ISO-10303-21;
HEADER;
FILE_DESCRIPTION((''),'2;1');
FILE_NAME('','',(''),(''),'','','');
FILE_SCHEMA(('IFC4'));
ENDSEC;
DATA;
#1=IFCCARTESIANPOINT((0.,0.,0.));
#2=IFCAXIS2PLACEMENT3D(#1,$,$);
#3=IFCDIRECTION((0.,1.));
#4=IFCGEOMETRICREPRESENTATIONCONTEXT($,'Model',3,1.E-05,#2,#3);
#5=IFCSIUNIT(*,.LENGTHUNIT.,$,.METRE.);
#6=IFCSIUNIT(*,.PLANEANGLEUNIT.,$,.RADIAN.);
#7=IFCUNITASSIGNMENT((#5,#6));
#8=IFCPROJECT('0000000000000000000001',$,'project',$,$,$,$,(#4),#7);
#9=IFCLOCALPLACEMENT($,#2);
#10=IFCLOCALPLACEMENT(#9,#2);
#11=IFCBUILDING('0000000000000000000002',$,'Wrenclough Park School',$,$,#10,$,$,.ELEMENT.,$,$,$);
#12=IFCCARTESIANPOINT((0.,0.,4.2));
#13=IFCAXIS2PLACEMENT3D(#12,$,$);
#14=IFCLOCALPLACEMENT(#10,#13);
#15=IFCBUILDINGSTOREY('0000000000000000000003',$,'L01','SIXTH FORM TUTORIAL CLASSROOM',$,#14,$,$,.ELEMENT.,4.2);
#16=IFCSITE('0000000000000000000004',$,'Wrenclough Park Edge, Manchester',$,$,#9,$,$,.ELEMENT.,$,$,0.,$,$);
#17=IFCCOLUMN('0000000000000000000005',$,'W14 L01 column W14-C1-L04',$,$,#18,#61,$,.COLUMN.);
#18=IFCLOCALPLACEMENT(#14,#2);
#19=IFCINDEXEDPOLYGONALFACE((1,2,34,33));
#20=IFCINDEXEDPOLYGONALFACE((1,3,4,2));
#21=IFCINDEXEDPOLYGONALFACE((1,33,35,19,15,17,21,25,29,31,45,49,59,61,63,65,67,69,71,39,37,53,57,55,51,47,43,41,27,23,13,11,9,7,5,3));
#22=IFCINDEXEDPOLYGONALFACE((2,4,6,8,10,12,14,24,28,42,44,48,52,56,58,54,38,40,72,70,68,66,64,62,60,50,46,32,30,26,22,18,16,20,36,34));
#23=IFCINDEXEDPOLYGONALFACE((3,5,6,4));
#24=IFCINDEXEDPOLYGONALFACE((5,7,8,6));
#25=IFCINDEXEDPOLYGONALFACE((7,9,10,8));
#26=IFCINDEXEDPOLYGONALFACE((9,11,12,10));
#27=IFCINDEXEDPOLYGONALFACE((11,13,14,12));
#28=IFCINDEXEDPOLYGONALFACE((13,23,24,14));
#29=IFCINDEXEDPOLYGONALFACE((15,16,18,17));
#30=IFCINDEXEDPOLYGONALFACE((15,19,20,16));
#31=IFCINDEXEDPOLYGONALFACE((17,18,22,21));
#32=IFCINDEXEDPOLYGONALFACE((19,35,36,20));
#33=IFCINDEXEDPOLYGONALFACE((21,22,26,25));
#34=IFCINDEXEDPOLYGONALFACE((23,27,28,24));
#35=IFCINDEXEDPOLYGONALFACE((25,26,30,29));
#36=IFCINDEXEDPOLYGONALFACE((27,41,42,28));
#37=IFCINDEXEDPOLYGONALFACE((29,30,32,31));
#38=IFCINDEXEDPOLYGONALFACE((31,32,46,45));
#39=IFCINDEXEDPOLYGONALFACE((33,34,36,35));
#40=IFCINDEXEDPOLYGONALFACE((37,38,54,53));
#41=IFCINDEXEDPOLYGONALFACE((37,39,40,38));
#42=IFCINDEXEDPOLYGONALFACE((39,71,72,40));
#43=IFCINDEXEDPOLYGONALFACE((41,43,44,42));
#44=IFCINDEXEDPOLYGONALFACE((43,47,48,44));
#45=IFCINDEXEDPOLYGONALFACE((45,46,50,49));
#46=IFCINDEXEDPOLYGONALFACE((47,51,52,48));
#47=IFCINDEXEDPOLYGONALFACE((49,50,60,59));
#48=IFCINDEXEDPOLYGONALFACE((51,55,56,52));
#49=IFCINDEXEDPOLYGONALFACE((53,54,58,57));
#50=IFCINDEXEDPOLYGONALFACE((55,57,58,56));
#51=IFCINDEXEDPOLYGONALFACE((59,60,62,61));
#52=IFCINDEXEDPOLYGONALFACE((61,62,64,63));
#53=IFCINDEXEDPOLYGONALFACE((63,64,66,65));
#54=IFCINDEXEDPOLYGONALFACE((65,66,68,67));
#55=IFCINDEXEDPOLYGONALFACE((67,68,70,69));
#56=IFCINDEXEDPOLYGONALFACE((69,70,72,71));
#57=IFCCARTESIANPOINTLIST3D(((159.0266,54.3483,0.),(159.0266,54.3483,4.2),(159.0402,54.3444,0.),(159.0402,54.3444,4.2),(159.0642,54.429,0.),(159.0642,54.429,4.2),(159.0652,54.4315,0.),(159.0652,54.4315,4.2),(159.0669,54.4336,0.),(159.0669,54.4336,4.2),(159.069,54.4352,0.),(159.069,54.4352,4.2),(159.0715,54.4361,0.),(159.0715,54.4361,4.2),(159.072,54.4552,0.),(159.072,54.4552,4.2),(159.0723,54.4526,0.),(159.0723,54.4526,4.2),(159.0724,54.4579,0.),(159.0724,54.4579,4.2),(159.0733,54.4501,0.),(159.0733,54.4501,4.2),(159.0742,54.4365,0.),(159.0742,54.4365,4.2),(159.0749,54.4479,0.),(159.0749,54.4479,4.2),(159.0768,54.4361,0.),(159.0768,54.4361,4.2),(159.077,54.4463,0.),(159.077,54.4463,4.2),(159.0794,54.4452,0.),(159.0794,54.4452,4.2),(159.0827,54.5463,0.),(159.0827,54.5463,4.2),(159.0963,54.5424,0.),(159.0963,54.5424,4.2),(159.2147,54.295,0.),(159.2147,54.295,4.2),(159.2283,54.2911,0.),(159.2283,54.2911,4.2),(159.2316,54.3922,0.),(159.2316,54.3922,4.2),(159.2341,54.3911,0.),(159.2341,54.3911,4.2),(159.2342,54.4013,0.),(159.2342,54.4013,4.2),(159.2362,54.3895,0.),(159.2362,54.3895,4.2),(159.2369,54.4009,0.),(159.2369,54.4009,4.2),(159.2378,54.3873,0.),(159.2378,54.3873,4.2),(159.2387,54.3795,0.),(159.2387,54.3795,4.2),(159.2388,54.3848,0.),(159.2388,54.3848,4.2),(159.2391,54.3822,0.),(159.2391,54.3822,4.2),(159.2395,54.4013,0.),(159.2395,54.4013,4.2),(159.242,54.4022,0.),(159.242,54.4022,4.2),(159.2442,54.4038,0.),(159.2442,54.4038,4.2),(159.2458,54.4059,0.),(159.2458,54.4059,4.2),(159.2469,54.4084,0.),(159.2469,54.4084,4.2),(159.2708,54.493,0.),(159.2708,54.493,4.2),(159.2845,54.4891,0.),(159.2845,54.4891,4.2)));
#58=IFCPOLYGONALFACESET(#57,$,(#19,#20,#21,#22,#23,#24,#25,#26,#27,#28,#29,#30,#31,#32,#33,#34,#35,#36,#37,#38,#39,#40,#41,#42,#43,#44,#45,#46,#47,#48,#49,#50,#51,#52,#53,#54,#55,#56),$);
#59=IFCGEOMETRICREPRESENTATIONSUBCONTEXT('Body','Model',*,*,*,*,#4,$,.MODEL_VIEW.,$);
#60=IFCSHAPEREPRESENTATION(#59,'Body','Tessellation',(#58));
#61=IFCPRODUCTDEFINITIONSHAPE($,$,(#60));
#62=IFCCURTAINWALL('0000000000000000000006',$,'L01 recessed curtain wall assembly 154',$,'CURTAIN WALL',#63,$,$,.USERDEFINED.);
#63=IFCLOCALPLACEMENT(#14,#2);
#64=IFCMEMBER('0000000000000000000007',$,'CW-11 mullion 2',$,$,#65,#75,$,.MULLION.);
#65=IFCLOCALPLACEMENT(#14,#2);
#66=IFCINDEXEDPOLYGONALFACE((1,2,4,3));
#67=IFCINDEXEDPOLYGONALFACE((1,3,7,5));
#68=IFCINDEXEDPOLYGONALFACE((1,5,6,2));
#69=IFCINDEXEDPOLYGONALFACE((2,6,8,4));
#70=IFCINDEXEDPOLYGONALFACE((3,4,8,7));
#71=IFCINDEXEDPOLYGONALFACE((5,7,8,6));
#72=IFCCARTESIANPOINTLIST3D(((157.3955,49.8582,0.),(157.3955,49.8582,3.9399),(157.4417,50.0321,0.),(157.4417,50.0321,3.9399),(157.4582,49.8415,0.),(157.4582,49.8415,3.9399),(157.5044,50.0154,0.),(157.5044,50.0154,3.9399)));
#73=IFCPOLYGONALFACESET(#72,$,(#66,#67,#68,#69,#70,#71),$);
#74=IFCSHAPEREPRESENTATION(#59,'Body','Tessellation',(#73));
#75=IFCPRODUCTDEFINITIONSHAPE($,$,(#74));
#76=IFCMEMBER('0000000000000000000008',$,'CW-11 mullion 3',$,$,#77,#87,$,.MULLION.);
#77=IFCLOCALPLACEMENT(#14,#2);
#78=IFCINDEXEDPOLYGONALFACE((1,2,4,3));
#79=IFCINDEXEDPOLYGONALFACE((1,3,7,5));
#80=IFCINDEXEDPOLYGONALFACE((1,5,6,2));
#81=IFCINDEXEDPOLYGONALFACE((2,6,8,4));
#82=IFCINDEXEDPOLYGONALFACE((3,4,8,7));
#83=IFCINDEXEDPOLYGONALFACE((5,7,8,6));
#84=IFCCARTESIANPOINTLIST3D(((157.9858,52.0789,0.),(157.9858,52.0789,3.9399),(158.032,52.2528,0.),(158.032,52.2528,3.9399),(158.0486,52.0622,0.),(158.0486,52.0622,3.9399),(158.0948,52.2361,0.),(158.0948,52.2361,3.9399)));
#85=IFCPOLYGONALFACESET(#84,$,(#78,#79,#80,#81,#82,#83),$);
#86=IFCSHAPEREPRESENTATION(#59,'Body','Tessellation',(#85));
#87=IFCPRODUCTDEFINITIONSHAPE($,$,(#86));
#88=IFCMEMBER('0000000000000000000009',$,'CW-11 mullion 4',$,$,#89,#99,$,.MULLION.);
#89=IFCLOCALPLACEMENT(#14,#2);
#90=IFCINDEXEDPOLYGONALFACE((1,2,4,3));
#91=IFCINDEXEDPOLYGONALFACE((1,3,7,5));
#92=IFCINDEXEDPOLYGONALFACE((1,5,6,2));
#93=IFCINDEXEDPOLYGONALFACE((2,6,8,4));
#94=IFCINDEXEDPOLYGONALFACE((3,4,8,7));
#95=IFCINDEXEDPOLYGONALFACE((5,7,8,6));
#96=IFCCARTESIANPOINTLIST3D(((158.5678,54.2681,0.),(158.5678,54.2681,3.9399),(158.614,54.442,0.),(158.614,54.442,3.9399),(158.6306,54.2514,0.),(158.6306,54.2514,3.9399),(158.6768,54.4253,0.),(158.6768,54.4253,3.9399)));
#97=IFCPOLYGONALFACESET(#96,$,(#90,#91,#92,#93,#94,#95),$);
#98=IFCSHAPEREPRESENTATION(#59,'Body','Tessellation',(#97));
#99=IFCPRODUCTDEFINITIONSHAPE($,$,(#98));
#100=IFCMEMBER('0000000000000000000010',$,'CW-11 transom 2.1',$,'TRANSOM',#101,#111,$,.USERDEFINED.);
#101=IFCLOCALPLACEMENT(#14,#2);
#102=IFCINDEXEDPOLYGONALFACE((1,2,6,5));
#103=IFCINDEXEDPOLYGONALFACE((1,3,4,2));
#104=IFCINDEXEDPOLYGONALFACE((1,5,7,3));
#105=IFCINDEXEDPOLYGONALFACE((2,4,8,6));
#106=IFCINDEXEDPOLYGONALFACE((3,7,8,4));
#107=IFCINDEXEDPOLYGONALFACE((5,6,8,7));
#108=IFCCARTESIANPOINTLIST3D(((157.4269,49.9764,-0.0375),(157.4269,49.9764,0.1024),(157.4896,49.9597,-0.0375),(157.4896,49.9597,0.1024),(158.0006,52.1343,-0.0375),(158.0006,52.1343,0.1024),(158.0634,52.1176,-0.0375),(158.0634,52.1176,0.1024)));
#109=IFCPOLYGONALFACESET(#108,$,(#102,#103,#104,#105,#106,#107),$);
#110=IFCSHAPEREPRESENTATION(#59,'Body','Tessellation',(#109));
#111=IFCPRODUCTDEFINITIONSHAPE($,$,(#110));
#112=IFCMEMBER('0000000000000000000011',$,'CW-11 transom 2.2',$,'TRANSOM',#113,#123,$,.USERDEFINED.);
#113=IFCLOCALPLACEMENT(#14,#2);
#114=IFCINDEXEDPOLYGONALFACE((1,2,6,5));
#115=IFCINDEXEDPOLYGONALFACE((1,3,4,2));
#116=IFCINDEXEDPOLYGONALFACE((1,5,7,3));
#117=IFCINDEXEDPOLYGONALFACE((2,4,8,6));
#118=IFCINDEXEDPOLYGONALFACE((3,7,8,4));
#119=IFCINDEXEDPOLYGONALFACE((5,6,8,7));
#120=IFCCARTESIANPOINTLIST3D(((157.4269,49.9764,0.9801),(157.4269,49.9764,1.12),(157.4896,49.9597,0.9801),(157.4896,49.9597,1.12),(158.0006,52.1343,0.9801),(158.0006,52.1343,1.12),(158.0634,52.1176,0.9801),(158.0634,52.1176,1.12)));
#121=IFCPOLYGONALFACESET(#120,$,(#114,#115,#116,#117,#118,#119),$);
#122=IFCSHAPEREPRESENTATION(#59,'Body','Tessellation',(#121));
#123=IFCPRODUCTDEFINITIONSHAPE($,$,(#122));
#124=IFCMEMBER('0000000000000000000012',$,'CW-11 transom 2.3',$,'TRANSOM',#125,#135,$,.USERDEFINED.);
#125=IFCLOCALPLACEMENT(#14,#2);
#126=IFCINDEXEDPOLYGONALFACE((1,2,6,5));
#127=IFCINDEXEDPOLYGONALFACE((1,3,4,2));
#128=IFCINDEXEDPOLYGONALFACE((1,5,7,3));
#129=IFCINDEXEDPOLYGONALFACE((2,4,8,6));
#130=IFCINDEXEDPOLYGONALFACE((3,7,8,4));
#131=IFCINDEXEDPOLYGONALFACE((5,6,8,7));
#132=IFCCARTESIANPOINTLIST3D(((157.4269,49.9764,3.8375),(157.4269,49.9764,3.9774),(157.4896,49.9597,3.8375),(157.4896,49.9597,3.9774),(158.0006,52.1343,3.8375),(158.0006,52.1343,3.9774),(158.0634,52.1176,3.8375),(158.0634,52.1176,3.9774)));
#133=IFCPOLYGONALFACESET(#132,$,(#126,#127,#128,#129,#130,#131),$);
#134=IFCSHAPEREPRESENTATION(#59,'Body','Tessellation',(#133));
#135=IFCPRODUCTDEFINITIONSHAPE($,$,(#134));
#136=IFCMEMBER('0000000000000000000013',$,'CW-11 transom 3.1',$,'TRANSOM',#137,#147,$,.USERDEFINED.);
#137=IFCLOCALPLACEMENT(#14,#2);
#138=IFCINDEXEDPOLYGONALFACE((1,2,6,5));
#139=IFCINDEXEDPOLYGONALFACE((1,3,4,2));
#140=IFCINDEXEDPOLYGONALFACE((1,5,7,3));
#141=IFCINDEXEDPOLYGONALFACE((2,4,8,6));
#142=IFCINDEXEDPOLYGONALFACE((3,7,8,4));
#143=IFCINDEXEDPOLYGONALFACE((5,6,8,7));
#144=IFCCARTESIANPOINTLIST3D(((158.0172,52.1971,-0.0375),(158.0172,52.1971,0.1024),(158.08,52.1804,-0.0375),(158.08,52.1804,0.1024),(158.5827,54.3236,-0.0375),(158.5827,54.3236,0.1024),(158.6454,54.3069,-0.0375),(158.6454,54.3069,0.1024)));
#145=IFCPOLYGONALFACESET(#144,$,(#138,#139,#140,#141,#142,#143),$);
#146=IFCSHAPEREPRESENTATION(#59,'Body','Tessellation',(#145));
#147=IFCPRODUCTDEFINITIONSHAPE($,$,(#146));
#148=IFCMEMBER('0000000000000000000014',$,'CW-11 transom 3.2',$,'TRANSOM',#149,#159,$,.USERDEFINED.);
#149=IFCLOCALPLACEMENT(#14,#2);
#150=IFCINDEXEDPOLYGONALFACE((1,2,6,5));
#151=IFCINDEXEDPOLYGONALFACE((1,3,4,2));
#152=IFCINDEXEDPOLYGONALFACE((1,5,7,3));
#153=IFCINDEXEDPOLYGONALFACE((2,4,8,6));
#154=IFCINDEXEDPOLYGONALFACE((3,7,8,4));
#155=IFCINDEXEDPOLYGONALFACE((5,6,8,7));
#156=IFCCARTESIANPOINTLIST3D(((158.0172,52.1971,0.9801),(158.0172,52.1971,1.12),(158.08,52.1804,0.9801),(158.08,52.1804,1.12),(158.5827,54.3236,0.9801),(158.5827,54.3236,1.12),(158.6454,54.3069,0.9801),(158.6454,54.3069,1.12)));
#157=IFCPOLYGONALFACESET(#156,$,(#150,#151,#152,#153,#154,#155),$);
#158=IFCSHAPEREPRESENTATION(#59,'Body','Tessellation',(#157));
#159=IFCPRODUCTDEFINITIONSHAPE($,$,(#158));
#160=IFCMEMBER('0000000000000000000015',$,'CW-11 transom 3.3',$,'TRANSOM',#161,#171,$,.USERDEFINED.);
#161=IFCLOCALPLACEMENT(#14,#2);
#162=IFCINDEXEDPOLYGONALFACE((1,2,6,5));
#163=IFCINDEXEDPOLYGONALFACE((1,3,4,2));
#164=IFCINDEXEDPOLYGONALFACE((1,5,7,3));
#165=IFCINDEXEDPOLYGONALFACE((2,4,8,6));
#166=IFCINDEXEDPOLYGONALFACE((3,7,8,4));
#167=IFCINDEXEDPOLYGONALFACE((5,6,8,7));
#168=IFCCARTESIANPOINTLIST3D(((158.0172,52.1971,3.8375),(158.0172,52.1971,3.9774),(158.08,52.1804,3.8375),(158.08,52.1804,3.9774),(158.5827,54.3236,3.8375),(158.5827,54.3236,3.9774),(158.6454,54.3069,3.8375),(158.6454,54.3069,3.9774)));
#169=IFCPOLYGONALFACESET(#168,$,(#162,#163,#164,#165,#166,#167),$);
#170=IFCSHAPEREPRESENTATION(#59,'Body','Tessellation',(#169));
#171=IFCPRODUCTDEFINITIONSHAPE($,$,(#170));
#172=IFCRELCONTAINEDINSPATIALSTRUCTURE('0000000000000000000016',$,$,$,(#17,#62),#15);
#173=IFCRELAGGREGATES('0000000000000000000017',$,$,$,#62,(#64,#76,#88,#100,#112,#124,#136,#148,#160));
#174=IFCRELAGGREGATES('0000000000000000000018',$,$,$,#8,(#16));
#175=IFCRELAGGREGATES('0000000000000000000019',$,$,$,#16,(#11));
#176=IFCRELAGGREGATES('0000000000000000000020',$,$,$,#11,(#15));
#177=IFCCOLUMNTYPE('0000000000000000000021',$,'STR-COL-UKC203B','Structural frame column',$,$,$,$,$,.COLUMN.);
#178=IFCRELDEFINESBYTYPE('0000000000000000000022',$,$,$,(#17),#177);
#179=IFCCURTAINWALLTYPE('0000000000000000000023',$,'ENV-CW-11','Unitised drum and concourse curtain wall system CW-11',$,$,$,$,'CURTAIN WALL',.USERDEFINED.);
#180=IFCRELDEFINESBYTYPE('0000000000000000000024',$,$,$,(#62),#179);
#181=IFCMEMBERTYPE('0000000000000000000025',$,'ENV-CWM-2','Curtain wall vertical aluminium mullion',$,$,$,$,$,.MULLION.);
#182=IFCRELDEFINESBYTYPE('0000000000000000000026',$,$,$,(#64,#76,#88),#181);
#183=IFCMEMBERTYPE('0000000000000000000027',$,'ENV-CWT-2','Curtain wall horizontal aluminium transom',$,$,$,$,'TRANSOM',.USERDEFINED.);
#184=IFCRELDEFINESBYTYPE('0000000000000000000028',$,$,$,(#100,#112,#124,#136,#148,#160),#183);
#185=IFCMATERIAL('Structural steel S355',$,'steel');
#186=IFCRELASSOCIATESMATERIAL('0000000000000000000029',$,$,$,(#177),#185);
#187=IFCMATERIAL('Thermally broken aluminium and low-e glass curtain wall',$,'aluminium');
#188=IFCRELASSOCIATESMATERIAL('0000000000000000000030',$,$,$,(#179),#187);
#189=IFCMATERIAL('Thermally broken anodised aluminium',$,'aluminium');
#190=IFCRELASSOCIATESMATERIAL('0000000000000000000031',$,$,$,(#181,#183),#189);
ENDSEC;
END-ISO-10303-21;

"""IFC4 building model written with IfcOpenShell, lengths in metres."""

from ifc_helpers import new_model, si_unit, direction, frame, origin, origin_2d, place, context, subcontext, project, spatial, rectangle, i_section, extrude, material, material_profile, profile_set, type_object, element, aggregate, save


model = new_model("IFC4")

# Units and contexts
model_context = context("Model", 3, precision=1e-05, world=origin(), true_north=direction((0.0, 1.0)))
body_context = subcontext(model_context, "Body", "Model", "MODEL_VIEW")
ifc_project = project(units=[si_unit("LENGTHUNIT", "METRE"), si_unit("PLANEANGLEUNIT", "RADIAN")], contexts=[model_context])

# Site, building, storey
site_placement = place(None, origin())
site = spatial("IfcSite", under=ifc_project, at=site_placement, Name="Wrenclough Park Edge, Manchester", CompositionType="ELEMENT", RefElevation=0.0)
building_placement = place(site_placement, origin())
building = spatial("IfcBuilding", under=site, at=building_placement, Name="Wrenclough Park School", CompositionType="ELEMENT")
storey_placement = place(building_placement, frame((0.0, 0.0, 4.2)))
storey = spatial("IfcBuildingStorey", under=building, at=storey_placement, Name="L01", Description="SIXTH FORM TUTORIAL CLASSROOM", CompositionType="ELEMENT", Elevation=4.2)

# Column
ifc_material_1 = material(Name="Structural steel S355", Category="steel")
ifc_material_profile_1 = material_profile(ifc_material_1, i_section(OverallWidth=0.2058, OverallDepth=0.2097, WebThickness=0.0095, FlangeThickness=0.0142, FilletRadius=0.0103, at=origin_2d()), Name="UKC 203x203x60")
ifc_profile_set_1 = profile_set([ifc_material_profile_1], Name="Structural steel S355")
column_type = type_object("IfcColumnType", Name="STR-COL-UKC203B", Description="Structural frame column", PredefinedType="COLUMN", material=ifc_profile_set_1)
column_placement = place(storey_placement, frame((159.1555, 54.4187, 0.0), z_axis=(0.0, 0.0, 1.0), x_axis=(0.272784, 0.962075, 0.0)))
element("IfcColumn", 1, at=column_placement, inside=storey, type_object=column_type, Name="W14 L01 column W14-C1-L04", PredefinedType="COLUMN", context=body_context, shape_type="SweptSolid", body=[
    extrude(i_section(OverallWidth=0.2058, OverallDepth=0.2097, WebThickness=0.0095, FlangeThickness=0.0142, FilletRadius=0.0103, at=origin_2d()), origin(), (0.0, 0.0, 1.0), 4.2),
])

# Curtain wall, members
ifc_material_2 = material(Name="Thermally broken aluminium and low-e glass curtain wall", Category="aluminium")
curtain_wall_type = type_object("IfcCurtainWallType", Name="ENV-CW-11", Description="Unitised drum and concourse curtain wall system CW-11", ElementType="CURTAIN WALL", PredefinedType="USERDEFINED", material=ifc_material_2)
curtain_wall_placement = place(storey_placement, origin())
curtain_wall = element("IfcCurtainWall", 2, at=curtain_wall_placement, inside=storey, type_object=curtain_wall_type, Name="L01 recessed curtain wall assembly 154", ObjectType="CURTAIN WALL", PredefinedType="USERDEFINED")
ifc_material_3 = material(Name="Thermally broken anodised aluminium", Category="aluminium")
ifc_material_profile_2 = material_profile(ifc_material_3, rectangle(XDim=0.0649, YDim=0.1799, at=origin_2d()), Name="AL MULLION 65x180")
ifc_profile_set_2 = profile_set([ifc_material_profile_2], Name="Thermally broken anodised aluminium")
member_type_1 = type_object("IfcMemberType", Name="ENV-CWM-2", Description="Curtain wall vertical aluminium mullion", PredefinedType="MULLION", material=ifc_profile_set_2)
member_1_placement = place(storey_placement, frame((157.45, 49.9368, 0.0), z_axis=(0.0, 0.0, 1.0), x_axis=(-0.966439, 0.256896, 0.0)))
member_1 = element("IfcMember", 3, at=member_1_placement, type_object=member_type_1, Name="CW-11 mullion 2", PredefinedType="MULLION", context=body_context, shape_type="SweptSolid", body=[
    extrude(rectangle(XDim=0.0649, YDim=0.1799, at=origin_2d()), origin(), (0.0, 0.0, 1.0), 3.9399),
])
member_2_placement = place(storey_placement, frame((158.0403, 52.1575, 0.0), z_axis=(0.0, 0.0, 1.0), x_axis=(-0.966439, 0.256896, 0.0)))
member_2 = element("IfcMember", 4, at=member_2_placement, type_object=member_type_1, Name="CW-11 mullion 3", PredefinedType="MULLION", context=body_context, shape_type="SweptSolid", body=[
    extrude(rectangle(XDim=0.0649, YDim=0.1799, at=origin_2d()), origin(), (0.0, 0.0, 1.0), 3.9399),
])
member_3_placement = place(storey_placement, frame((158.6223, 54.3467, 0.0), z_axis=(0.0, 0.0, 1.0), x_axis=(-0.966439, 0.256896, 0.0)))
member_3 = element("IfcMember", 5, at=member_3_placement, type_object=member_type_1, Name="CW-11 mullion 4", PredefinedType="MULLION", context=body_context, shape_type="SweptSolid", body=[
    extrude(rectangle(XDim=0.0649, YDim=0.1799, at=origin_2d()), origin(), (0.0, 0.0, 1.0), 3.9399),
])
ifc_material_profile_3 = material_profile(ifc_material_3, rectangle(XDim=0.0649, YDim=0.1399, at=origin_2d()), Name="AL TRANSOM 65x140")
ifc_profile_set_3 = profile_set([ifc_material_profile_3], Name="Thermally broken anodised aluminium")
member_type_2 = type_object("IfcMemberType", Name="ENV-CWT-2", Description="Curtain wall horizontal aluminium transom", ElementType="TRANSOM", PredefinedType="USERDEFINED", material=ifc_profile_set_3)
member_4_placement = place(storey_placement, frame((157.4583, 49.968, 0.0325), z_axis=(0.256941, 0.966427, 0.0), x_axis=(-0.966427, 0.256941, 0.0)))
member_4 = element("IfcMember", 6, at=member_4_placement, type_object=member_type_2, Name="CW-11 transom 2.1", ObjectType="TRANSOM", PredefinedType="USERDEFINED", context=body_context, shape_type="SweptSolid", body=[
    extrude(rectangle(XDim=0.0649, YDim=0.1399, at=origin_2d()), origin(), (0.0, 0.0, 1.0), 2.2329),
])
member_5_placement = place(storey_placement, frame((157.4583, 49.968, 1.05), z_axis=(0.256941, 0.966427, 0.0), x_axis=(-0.966427, 0.256941, 0.0)))
member_5 = element("IfcMember", 7, at=member_5_placement, type_object=member_type_2, Name="CW-11 transom 2.2", ObjectType="TRANSOM", PredefinedType="USERDEFINED", context=body_context, shape_type="SweptSolid", body=[
    extrude(rectangle(XDim=0.0649, YDim=0.1399, at=origin_2d()), origin(), (0.0, 0.0, 1.0), 2.2329),
])
member_6_placement = place(storey_placement, frame((157.4583, 49.968, 3.9075), z_axis=(0.256941, 0.966427, 0.0), x_axis=(-0.966427, 0.256941, 0.0)))
member_6 = element("IfcMember", 8, at=member_6_placement, type_object=member_type_2, Name="CW-11 transom 2.3", ObjectType="TRANSOM", PredefinedType="USERDEFINED", context=body_context, shape_type="SweptSolid", body=[
    extrude(rectangle(XDim=0.0649, YDim=0.1399, at=origin_2d()), origin(), (0.0, 0.0, 1.0), 2.2329),
])
member_7_placement = place(storey_placement, frame((158.0486, 52.1887, 0.0325), z_axis=(0.256972, 0.966419, 0.0), x_axis=(-0.966419, 0.256972, 0.0)))
member_7 = element("IfcMember", 9, at=member_7_placement, type_object=member_type_2, Name="CW-11 transom 3.1", ObjectType="TRANSOM", PredefinedType="USERDEFINED", context=body_context, shape_type="SweptSolid", body=[
    extrude(rectangle(XDim=0.0649, YDim=0.1399, at=origin_2d()), origin(), (0.0, 0.0, 1.0), 2.2004),
])
member_8_placement = place(storey_placement, frame((158.0486, 52.1887, 1.05), z_axis=(0.256972, 0.966419, 0.0), x_axis=(-0.966419, 0.256972, 0.0)))
member_8 = element("IfcMember", 10, at=member_8_placement, type_object=member_type_2, Name="CW-11 transom 3.2", ObjectType="TRANSOM", PredefinedType="USERDEFINED", context=body_context, shape_type="SweptSolid", body=[
    extrude(rectangle(XDim=0.0649, YDim=0.1399, at=origin_2d()), origin(), (0.0, 0.0, 1.0), 2.2004),
])
member_9_placement = place(storey_placement, frame((158.0486, 52.1887, 3.9075), z_axis=(0.256972, 0.966419, 0.0), x_axis=(-0.966419, 0.256972, 0.0)))
member_9 = element("IfcMember", 11, at=member_9_placement, type_object=member_type_2, Name="CW-11 transom 3.3", ObjectType="TRANSOM", PredefinedType="USERDEFINED", context=body_context, shape_type="SweptSolid", body=[
    extrude(rectangle(XDim=0.0649, YDim=0.1399, at=origin_2d()), origin(), (0.0, 0.0, 1.0), 2.2004),
])

aggregate(curtain_wall, [member_1, member_2, member_3, member_4, member_5, member_6, member_7, member_8, member_9])

save(model, "model.ifc")
